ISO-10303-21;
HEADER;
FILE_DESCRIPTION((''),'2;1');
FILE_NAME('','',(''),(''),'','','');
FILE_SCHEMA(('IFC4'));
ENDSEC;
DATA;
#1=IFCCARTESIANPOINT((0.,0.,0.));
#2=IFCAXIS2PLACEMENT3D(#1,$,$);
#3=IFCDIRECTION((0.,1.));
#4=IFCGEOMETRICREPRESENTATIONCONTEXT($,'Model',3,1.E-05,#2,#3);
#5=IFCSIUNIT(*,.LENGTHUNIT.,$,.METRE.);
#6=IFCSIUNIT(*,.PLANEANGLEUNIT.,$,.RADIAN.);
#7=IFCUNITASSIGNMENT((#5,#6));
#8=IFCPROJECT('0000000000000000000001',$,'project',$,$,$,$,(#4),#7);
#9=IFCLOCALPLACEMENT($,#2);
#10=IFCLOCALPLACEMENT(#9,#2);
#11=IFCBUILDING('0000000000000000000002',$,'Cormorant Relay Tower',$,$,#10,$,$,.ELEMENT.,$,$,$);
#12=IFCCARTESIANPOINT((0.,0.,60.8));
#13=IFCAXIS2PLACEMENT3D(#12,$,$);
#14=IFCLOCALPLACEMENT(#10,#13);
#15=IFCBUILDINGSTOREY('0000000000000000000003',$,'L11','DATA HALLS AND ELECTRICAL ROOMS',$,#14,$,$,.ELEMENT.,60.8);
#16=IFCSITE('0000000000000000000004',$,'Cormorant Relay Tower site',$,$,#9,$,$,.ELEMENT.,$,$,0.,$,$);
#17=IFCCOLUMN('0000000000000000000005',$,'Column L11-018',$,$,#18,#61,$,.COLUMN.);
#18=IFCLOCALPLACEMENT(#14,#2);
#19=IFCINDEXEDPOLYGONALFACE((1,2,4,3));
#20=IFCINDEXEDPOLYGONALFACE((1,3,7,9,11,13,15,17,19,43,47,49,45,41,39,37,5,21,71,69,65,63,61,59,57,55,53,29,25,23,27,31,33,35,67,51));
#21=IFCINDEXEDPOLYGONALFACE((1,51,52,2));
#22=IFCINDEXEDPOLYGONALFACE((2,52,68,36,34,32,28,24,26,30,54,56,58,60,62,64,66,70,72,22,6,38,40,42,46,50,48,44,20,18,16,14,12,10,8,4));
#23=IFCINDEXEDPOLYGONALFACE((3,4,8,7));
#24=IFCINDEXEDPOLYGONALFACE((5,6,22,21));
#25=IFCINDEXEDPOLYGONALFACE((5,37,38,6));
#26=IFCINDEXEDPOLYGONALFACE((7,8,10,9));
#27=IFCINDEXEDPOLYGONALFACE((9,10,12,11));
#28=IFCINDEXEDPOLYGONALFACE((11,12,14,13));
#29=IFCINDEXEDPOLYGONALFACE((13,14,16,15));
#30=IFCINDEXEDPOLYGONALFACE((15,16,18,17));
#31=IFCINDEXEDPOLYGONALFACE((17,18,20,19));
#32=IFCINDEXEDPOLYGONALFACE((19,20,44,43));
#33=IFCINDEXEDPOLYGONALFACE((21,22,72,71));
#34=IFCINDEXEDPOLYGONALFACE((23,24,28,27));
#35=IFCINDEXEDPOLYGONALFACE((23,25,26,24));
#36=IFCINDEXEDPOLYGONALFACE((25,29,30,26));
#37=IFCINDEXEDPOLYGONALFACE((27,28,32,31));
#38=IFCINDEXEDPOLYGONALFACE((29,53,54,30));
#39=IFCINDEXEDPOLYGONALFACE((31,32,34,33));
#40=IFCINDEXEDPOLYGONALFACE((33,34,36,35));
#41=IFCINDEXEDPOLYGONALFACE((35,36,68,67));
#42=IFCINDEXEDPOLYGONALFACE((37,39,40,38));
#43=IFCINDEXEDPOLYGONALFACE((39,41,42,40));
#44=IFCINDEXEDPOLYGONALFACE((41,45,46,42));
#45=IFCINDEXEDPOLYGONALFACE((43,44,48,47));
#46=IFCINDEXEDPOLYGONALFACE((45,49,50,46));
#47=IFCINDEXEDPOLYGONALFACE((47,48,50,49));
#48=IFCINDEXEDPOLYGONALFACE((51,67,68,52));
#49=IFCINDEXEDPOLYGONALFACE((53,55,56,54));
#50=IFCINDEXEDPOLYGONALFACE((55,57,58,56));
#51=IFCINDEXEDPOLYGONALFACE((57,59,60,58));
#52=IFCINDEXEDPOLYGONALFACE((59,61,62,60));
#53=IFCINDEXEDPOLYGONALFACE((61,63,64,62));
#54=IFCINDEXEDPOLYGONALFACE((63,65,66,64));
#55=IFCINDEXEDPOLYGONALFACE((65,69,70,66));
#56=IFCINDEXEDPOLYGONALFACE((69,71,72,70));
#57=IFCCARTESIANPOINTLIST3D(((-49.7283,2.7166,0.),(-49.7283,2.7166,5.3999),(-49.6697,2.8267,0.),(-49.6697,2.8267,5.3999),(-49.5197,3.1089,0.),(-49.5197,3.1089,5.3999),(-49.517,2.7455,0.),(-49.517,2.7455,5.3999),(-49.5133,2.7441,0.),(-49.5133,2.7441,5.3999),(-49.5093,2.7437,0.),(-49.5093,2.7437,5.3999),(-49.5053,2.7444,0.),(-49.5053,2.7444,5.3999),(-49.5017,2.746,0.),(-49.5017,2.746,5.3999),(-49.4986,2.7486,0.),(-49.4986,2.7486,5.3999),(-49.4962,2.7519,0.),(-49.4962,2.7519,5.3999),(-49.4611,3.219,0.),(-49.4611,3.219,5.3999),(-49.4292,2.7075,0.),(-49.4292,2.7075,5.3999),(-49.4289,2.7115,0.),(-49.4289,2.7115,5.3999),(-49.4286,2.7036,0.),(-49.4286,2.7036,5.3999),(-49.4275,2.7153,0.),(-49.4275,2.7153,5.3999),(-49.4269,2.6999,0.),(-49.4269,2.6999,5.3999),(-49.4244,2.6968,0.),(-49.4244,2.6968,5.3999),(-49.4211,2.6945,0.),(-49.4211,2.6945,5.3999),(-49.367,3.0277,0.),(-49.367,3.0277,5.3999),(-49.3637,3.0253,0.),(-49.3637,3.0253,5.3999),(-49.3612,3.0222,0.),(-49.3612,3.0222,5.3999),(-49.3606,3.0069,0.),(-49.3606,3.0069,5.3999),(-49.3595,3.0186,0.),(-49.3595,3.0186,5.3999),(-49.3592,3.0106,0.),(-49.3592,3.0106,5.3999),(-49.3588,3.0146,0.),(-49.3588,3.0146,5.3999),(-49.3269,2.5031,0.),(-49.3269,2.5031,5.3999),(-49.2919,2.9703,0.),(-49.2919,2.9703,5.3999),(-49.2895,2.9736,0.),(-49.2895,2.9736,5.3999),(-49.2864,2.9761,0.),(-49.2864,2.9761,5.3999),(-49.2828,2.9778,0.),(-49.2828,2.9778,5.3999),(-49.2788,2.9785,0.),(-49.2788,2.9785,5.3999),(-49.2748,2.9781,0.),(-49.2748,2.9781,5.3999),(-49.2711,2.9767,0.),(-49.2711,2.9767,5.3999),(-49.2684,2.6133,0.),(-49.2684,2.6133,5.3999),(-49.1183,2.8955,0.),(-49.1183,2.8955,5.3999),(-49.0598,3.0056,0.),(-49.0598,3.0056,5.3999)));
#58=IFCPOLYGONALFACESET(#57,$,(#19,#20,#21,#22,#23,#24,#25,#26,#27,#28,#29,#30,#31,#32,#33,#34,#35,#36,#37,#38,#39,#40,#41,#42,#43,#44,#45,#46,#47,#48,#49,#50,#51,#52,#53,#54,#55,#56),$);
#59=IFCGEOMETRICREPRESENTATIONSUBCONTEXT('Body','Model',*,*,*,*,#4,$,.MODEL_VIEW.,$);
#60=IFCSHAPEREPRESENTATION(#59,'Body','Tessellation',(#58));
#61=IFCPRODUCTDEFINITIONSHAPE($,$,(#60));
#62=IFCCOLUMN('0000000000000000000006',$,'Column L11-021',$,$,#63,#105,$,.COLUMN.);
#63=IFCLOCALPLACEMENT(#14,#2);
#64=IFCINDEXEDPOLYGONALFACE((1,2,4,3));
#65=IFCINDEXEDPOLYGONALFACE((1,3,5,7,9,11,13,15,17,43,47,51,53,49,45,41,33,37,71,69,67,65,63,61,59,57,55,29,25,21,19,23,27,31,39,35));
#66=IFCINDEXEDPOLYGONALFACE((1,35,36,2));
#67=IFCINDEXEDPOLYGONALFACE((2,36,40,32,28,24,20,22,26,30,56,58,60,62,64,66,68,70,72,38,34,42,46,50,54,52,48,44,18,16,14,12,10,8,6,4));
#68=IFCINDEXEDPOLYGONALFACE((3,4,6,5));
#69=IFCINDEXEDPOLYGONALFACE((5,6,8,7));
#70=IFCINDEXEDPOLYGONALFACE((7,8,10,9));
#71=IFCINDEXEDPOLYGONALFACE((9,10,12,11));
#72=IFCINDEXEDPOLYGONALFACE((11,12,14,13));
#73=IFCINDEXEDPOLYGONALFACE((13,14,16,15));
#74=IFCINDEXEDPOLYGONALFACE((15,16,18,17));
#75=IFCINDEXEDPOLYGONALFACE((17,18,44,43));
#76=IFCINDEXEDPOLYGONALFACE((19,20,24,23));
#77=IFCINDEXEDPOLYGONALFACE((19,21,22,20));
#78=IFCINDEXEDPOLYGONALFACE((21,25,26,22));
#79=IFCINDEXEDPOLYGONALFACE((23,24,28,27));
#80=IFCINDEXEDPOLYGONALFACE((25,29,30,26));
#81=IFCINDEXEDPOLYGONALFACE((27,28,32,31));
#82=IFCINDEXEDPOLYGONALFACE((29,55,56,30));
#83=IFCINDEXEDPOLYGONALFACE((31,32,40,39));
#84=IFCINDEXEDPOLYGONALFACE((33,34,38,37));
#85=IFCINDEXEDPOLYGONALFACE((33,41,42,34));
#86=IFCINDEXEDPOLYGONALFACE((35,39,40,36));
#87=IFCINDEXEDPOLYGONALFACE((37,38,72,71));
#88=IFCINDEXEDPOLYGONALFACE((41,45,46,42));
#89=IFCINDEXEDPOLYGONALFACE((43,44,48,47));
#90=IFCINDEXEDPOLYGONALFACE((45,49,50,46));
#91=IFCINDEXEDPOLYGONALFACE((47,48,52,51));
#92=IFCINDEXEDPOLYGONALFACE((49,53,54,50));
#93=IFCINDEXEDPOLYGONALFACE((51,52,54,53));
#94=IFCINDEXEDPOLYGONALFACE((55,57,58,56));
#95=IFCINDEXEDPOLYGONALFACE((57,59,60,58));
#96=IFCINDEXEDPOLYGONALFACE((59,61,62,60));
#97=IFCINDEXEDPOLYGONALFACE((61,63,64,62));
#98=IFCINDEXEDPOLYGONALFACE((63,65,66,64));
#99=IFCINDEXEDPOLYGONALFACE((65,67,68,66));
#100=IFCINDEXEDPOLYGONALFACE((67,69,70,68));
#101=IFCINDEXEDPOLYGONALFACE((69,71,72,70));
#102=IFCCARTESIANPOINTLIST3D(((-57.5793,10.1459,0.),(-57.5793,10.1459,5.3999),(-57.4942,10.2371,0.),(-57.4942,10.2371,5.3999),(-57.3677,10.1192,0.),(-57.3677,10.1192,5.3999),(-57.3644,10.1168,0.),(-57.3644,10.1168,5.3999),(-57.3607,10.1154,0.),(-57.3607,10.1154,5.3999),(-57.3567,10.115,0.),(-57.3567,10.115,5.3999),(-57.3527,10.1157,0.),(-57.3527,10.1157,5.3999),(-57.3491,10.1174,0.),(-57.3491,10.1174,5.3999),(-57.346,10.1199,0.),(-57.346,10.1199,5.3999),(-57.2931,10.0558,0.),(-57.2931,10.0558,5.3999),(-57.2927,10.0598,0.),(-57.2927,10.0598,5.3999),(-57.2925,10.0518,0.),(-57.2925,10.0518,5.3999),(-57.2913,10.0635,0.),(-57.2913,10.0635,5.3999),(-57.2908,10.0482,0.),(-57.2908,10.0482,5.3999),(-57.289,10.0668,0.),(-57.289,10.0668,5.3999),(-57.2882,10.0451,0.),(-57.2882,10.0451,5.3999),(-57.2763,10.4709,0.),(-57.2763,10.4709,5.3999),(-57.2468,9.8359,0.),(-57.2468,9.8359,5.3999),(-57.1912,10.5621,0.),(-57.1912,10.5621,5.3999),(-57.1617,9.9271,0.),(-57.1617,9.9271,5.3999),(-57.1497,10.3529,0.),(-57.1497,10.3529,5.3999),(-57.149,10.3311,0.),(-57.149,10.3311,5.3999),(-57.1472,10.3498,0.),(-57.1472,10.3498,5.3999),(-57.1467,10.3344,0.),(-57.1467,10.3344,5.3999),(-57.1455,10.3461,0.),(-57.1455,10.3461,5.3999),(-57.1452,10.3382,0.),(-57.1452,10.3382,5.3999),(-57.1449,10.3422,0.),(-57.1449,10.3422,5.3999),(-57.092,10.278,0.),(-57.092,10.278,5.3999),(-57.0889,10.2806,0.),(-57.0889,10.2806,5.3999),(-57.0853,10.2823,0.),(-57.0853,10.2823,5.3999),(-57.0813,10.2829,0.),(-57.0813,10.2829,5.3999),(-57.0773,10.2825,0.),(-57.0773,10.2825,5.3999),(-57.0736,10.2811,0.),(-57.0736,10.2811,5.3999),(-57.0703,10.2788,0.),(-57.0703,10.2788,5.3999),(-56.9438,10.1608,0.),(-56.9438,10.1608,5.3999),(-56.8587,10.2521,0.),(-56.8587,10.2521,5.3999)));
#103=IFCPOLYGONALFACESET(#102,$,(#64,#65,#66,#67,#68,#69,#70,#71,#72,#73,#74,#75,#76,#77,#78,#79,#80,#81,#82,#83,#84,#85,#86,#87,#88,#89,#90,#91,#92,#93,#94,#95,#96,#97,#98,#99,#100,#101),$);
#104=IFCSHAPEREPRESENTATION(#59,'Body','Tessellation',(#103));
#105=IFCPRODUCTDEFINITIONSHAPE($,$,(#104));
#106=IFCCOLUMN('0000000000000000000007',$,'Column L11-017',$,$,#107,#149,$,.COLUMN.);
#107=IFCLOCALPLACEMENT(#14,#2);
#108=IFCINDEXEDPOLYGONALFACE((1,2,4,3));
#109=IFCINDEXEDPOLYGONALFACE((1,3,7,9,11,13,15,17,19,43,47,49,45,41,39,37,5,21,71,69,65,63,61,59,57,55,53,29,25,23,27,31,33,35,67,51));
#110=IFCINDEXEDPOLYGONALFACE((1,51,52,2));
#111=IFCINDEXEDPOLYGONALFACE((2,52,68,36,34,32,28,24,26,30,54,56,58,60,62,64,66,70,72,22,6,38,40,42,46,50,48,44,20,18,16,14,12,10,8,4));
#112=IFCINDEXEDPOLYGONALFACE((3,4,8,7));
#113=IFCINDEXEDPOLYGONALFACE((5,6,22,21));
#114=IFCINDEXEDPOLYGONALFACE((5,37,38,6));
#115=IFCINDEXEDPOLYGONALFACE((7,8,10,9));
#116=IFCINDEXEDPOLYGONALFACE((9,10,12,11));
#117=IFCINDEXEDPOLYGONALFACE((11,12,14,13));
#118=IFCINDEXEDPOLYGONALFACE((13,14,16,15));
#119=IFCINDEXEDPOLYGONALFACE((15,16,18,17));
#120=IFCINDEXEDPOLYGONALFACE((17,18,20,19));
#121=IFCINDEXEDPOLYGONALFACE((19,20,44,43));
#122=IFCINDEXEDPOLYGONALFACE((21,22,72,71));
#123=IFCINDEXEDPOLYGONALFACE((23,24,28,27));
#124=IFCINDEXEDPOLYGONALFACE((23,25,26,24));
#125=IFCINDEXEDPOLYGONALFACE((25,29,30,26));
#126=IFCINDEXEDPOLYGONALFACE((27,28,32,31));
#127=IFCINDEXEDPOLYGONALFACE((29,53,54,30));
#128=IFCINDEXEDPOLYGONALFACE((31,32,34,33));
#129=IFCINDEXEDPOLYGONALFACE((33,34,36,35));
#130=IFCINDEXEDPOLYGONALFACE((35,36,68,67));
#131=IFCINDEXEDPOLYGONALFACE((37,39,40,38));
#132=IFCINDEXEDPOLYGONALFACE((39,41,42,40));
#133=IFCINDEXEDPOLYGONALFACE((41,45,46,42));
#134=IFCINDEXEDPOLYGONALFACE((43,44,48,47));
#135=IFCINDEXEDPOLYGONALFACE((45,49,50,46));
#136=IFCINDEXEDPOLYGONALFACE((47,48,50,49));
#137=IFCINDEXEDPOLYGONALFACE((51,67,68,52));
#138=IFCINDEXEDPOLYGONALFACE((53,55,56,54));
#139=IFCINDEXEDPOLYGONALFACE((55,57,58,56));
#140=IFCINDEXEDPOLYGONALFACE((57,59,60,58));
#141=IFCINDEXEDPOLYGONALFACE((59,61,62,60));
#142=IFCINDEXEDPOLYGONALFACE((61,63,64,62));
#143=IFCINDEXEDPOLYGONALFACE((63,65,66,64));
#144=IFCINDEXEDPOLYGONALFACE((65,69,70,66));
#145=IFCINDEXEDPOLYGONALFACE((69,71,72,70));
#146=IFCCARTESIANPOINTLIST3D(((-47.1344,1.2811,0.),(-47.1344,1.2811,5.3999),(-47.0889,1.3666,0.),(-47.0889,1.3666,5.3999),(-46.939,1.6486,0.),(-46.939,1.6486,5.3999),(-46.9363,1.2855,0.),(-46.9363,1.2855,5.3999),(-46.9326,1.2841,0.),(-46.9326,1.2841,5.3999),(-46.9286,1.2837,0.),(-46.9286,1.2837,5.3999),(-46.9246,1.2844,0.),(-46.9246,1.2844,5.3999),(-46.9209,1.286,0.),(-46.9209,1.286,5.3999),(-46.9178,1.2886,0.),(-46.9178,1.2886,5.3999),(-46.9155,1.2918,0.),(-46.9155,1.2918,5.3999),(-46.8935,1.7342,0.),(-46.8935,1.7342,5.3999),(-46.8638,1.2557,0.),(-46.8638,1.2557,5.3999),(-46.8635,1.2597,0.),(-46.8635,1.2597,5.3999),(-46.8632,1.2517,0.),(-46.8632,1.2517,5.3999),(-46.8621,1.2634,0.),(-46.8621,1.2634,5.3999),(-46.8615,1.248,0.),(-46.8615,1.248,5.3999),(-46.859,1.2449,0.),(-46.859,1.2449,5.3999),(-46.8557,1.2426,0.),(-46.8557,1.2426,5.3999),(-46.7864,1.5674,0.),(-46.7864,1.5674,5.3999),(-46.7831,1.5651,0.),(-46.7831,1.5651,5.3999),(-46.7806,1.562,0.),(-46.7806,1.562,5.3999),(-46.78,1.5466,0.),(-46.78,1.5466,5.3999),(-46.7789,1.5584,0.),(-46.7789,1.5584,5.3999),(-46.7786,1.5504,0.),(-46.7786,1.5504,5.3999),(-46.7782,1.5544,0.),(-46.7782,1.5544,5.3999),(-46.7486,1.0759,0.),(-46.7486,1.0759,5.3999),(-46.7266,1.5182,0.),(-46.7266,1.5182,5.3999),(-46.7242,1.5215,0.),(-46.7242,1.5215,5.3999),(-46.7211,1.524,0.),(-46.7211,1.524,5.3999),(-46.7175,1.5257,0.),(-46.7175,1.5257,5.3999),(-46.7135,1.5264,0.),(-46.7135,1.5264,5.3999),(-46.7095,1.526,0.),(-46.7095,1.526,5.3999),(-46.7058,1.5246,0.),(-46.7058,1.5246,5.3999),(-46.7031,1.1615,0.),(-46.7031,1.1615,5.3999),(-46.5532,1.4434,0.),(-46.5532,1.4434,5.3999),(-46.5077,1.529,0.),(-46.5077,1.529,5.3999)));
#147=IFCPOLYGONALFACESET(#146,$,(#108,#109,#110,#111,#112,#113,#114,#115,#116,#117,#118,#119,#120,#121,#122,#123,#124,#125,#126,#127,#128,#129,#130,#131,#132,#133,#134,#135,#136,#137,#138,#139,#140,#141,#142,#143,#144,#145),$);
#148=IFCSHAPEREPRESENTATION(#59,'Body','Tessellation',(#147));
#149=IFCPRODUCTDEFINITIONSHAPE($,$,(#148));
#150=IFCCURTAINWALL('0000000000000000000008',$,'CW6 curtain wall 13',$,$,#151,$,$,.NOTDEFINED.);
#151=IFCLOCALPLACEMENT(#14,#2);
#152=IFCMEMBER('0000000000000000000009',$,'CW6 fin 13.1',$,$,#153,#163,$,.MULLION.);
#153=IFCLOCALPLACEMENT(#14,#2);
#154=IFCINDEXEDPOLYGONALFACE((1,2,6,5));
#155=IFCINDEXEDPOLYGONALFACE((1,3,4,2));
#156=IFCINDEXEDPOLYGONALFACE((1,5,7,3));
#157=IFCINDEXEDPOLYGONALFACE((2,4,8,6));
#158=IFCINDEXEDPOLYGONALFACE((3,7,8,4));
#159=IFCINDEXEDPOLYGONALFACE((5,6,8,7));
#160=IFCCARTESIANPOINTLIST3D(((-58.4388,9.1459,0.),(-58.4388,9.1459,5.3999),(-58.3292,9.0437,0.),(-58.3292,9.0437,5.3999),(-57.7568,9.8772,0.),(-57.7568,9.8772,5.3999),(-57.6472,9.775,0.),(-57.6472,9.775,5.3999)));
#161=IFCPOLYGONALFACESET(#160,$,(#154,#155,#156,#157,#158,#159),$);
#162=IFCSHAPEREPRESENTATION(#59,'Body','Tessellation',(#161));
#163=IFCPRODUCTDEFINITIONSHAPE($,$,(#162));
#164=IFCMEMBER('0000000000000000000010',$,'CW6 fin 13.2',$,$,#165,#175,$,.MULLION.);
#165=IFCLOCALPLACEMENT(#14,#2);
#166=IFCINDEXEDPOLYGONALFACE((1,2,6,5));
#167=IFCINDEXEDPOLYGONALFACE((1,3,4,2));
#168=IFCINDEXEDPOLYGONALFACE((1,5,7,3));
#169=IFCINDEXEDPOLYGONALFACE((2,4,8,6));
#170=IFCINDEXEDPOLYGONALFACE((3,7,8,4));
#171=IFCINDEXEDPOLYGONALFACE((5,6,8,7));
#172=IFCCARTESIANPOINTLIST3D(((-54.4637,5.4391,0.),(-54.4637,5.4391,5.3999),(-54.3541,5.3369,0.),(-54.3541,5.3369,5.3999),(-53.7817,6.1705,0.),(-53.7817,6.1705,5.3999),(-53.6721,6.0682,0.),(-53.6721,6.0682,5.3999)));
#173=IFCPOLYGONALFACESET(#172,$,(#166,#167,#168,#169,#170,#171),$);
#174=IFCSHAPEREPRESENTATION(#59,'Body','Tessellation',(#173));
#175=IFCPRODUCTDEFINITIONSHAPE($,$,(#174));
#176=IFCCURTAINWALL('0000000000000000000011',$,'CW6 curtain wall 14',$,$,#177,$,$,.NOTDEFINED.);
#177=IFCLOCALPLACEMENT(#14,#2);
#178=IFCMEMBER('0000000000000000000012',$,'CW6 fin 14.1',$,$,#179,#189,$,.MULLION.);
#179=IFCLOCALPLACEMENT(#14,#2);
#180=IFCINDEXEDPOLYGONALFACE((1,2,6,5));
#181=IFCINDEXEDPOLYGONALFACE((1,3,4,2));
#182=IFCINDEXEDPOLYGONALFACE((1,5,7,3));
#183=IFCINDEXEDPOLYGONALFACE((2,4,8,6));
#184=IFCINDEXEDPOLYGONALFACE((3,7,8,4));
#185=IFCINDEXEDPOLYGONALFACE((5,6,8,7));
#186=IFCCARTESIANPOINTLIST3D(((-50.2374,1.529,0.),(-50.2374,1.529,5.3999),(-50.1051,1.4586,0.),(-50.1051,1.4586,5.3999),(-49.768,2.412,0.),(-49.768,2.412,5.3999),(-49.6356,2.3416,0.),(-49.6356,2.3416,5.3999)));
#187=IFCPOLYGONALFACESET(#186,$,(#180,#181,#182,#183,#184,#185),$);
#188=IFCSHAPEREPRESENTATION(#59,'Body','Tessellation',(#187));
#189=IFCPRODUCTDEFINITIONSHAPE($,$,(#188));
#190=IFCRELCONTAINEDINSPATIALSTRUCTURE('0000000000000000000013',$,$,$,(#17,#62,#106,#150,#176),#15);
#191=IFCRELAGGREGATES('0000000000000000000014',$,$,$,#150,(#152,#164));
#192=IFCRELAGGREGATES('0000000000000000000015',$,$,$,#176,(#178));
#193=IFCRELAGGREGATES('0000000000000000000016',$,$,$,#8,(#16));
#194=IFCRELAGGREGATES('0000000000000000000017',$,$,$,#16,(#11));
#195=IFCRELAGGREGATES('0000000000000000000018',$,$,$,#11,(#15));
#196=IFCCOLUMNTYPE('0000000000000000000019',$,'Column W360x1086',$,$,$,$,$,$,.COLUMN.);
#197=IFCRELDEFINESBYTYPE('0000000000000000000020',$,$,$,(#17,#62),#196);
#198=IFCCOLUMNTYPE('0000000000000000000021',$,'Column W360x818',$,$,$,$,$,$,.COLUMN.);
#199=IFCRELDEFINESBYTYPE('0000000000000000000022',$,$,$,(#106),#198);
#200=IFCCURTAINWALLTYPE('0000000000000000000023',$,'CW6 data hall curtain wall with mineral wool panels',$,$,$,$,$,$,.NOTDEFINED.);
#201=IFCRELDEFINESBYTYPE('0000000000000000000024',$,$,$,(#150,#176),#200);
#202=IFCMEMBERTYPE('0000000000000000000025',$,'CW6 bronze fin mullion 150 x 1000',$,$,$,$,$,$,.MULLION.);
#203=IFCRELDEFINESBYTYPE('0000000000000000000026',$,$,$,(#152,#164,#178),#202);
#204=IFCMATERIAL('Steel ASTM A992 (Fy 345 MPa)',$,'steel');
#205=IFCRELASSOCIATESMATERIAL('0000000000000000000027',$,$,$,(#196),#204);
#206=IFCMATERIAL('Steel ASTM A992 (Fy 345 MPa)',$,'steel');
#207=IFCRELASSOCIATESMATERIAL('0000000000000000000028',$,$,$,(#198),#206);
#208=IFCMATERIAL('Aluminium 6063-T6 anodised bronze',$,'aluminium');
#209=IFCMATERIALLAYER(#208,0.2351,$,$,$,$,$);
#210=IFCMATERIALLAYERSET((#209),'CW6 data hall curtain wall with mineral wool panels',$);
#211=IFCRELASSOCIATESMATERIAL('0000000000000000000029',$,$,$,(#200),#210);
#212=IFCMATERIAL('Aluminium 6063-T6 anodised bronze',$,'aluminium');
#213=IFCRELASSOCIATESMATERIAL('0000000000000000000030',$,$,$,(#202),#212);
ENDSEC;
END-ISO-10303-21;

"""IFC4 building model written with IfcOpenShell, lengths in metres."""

from ifc_helpers import new_model, si_unit, direction, frame, origin, origin_2d, place, context, subcontext, project, spatial, rectangle, i_section, extrude, material, layer, layer_set, material_profile, profile_set, type_object, element, aggregate, save


model = new_model("IFC4")

# Units and contexts
model_context = context("Model", 3, precision=1e-05, world=origin(), true_north=direction((0.0, 1.0)))
body_context = subcontext(model_context, "Body", "Model", "MODEL_VIEW")
ifc_project = project(units=[si_unit("LENGTHUNIT", "METRE"), si_unit("PLANEANGLEUNIT", "RADIAN")], contexts=[model_context])

# Site, building, storey
site_placement = place(None, origin())
site = spatial("IfcSite", under=ifc_project, at=site_placement, Name="Cormorant Relay Tower site", CompositionType="ELEMENT", RefElevation=0.0)
building_placement = place(site_placement, origin())
building = spatial("IfcBuilding", under=site, at=building_placement, Name="Cormorant Relay Tower", CompositionType="ELEMENT")
storey_placement = place(building_placement, frame((0.0, 0.0, 60.8)))
storey = spatial("IfcBuildingStorey", under=building, at=storey_placement, Name="L11", Description="DATA HALLS AND ELECTRICAL ROOMS", CompositionType="ELEMENT", Elevation=60.8)

# Columns
ifc_material_1 = material(Name="Steel ASTM A992 (Fy 345 MPa)", Category="steel")
ifc_material_profile_1 = material_profile(ifc_material_1, i_section(OverallWidth=0.4546, OverallDepth=0.5691, WebThickness=0.0779, FlangeThickness=0.1248, FilletRadius=0.0154, at=origin_2d()), Name="W360x1086")
ifc_profile_set_1 = profile_set([ifc_material_profile_1], Name="Steel ASTM A992 (Fy 345 MPa)")
column_type_1 = type_object("IfcColumnType", Name="Column W360x1086", PredefinedType="COLUMN", material=ifc_profile_set_1)
for number, where, z_axis, x_axis, name in (
    (1, (-49.394, 2.8611, 0.0), (0.0, 0.0, 1.0), (0.882948, -0.469472, 0.0), "Column L11-018"),
    (2, (-57.219, 10.199, 0.0), (0.0, 0.0, 1.0), (0.731354, -0.681998, 0.0), "Column L11-021"),
):
    element("IfcColumn", number, at=place(storey_placement, frame(where, z_axis=z_axis, x_axis=x_axis)), inside=storey, type_object=column_type_1, Name=name, PredefinedType="COLUMN", context=body_context, shape_type="SweptSolid", body=[
        extrude(i_section(OverallWidth=0.4546, OverallDepth=0.5691, WebThickness=0.0779, FlangeThickness=0.1248, FilletRadius=0.0154, at=origin_2d()), origin(), (0.0, 0.0, 1.0), 5.3999),
    ])
ifc_material_2 = material(Name="Steel ASTM A992 (Fy 345 MPa)", Category="steel")
ifc_material_profile_2 = material_profile(ifc_material_2, i_section(OverallWidth=0.437, OverallDepth=0.5132, WebThickness=0.0605, FlangeThickness=0.0969, FilletRadius=0.0154, at=origin_2d()), Name="W360x818")
ifc_profile_set_2 = profile_set([ifc_material_profile_2], Name="Steel ASTM A992 (Fy 345 MPa)")
column_type_2 = type_object("IfcColumnType", Name="Column W360x818", PredefinedType="COLUMN", material=ifc_profile_set_2)
column_placement = place(storey_placement, frame((-46.821, 1.405, 0.0), z_axis=(0.0, 0.0, 1.0), x_axis=(0.882948, -0.469472, 0.0)))
element("IfcColumn", 3, at=column_placement, inside=storey, type_object=column_type_2, Name="Column L11-017", PredefinedType="COLUMN", context=body_context, shape_type="SweptSolid", body=[
    extrude(i_section(OverallWidth=0.437, OverallDepth=0.5132, WebThickness=0.0605, FlangeThickness=0.0969, FilletRadius=0.0154, at=origin_2d()), origin(), (0.0, 0.0, 1.0), 5.3999),
])

# Curtain wall, members
ifc_material_3 = material(Name="Aluminium 6063-T6 anodised bronze", Category="aluminium")
ifc_layer_1 = layer(ifc_material_3, 0.2351)
ifc_layer_set_1 = layer_set([ifc_layer_1], Name="CW6 data hall curtain wall with mineral wool panels")
curtain_wall_type = type_object("IfcCurtainWallType", Name="CW6 data hall curtain wall with mineral wool panels", PredefinedType="NOTDEFINED", material=ifc_layer_set_1)
curtain_wall_1_placement = place(storey_placement, origin())
curtain_wall_1 = element("IfcCurtainWall", 4, at=curtain_wall_1_placement, inside=storey, type_object=curtain_wall_type, Name="CW6 curtain wall 13", PredefinedType="NOTDEFINED")
ifc_material_4 = material(Name="Aluminium 6063-T6 anodised bronze", Category="aluminium")
ifc_material_profile_3 = material_profile(ifc_material_4, rectangle(XDim=0.1499, YDim=1.0, at=origin_2d()), Name="AL 150x1000")
ifc_profile_set_3 = profile_set([ifc_material_profile_3], Name="Aluminium 6063-T6 anodised bronze")
member_type_1 = type_object("IfcMemberType", Name="CW6 bronze fin mullion 150 x 1000", PredefinedType="MULLION", material=ifc_profile_set_3)
member_1_placement = place(storey_placement, frame((-58.043, 9.4604, 0.0), z_axis=(0.0, 0.0, 1.0), x_axis=(0.731354, -0.681998, 0.0)))
member_1 = element("IfcMember", 5, at=member_1_placement, type_object=member_type_1, Name="CW6 fin 13.1", PredefinedType="MULLION", context=body_context, shape_type="SweptSolid", body=[
    extrude(rectangle(XDim=0.1499, YDim=1.0, at=origin_2d()), origin(), (0.0, 0.0, 1.0), 5.3999),
])
member_2_placement = place(storey_placement, frame((-54.0679, 5.7537, 0.0), z_axis=(0.0, 0.0, 1.0), x_axis=(0.731354, -0.681998, 0.0)))
member_2 = element("IfcMember", 6, at=member_2_placement, type_object=member_type_1, Name="CW6 fin 13.2", PredefinedType="MULLION", context=body_context, shape_type="SweptSolid", body=[
    extrude(rectangle(XDim=0.1499, YDim=1.0, at=origin_2d()), origin(), (0.0, 0.0, 1.0), 5.3999),
])

# Curtain wall, member
curtain_wall_2_placement = place(storey_placement, origin())
curtain_wall_2 = element("IfcCurtainWall", 7, at=curtain_wall_2_placement, inside=storey, type_object=curtain_wall_type, Name="CW6 curtain wall 14", PredefinedType="NOTDEFINED")
member_3_placement = place(storey_placement, frame((-49.9365, 1.9353, 0.0), z_axis=(0.0, 0.0, 1.0), x_axis=(0.882948, -0.469472, 0.0)))
member_3 = element("IfcMember", 8, at=member_3_placement, type_object=member_type_1, Name="CW6 fin 14.1", PredefinedType="MULLION", context=body_context, shape_type="SweptSolid", body=[
    extrude(rectangle(XDim=0.1499, YDim=1.0, at=origin_2d()), origin(), (0.0, 0.0, 1.0), 5.3999),
])

aggregate(curtain_wall_1, [member_1, member_2])
aggregate(curtain_wall_2, [member_3])

save(model, "model.ifc")
